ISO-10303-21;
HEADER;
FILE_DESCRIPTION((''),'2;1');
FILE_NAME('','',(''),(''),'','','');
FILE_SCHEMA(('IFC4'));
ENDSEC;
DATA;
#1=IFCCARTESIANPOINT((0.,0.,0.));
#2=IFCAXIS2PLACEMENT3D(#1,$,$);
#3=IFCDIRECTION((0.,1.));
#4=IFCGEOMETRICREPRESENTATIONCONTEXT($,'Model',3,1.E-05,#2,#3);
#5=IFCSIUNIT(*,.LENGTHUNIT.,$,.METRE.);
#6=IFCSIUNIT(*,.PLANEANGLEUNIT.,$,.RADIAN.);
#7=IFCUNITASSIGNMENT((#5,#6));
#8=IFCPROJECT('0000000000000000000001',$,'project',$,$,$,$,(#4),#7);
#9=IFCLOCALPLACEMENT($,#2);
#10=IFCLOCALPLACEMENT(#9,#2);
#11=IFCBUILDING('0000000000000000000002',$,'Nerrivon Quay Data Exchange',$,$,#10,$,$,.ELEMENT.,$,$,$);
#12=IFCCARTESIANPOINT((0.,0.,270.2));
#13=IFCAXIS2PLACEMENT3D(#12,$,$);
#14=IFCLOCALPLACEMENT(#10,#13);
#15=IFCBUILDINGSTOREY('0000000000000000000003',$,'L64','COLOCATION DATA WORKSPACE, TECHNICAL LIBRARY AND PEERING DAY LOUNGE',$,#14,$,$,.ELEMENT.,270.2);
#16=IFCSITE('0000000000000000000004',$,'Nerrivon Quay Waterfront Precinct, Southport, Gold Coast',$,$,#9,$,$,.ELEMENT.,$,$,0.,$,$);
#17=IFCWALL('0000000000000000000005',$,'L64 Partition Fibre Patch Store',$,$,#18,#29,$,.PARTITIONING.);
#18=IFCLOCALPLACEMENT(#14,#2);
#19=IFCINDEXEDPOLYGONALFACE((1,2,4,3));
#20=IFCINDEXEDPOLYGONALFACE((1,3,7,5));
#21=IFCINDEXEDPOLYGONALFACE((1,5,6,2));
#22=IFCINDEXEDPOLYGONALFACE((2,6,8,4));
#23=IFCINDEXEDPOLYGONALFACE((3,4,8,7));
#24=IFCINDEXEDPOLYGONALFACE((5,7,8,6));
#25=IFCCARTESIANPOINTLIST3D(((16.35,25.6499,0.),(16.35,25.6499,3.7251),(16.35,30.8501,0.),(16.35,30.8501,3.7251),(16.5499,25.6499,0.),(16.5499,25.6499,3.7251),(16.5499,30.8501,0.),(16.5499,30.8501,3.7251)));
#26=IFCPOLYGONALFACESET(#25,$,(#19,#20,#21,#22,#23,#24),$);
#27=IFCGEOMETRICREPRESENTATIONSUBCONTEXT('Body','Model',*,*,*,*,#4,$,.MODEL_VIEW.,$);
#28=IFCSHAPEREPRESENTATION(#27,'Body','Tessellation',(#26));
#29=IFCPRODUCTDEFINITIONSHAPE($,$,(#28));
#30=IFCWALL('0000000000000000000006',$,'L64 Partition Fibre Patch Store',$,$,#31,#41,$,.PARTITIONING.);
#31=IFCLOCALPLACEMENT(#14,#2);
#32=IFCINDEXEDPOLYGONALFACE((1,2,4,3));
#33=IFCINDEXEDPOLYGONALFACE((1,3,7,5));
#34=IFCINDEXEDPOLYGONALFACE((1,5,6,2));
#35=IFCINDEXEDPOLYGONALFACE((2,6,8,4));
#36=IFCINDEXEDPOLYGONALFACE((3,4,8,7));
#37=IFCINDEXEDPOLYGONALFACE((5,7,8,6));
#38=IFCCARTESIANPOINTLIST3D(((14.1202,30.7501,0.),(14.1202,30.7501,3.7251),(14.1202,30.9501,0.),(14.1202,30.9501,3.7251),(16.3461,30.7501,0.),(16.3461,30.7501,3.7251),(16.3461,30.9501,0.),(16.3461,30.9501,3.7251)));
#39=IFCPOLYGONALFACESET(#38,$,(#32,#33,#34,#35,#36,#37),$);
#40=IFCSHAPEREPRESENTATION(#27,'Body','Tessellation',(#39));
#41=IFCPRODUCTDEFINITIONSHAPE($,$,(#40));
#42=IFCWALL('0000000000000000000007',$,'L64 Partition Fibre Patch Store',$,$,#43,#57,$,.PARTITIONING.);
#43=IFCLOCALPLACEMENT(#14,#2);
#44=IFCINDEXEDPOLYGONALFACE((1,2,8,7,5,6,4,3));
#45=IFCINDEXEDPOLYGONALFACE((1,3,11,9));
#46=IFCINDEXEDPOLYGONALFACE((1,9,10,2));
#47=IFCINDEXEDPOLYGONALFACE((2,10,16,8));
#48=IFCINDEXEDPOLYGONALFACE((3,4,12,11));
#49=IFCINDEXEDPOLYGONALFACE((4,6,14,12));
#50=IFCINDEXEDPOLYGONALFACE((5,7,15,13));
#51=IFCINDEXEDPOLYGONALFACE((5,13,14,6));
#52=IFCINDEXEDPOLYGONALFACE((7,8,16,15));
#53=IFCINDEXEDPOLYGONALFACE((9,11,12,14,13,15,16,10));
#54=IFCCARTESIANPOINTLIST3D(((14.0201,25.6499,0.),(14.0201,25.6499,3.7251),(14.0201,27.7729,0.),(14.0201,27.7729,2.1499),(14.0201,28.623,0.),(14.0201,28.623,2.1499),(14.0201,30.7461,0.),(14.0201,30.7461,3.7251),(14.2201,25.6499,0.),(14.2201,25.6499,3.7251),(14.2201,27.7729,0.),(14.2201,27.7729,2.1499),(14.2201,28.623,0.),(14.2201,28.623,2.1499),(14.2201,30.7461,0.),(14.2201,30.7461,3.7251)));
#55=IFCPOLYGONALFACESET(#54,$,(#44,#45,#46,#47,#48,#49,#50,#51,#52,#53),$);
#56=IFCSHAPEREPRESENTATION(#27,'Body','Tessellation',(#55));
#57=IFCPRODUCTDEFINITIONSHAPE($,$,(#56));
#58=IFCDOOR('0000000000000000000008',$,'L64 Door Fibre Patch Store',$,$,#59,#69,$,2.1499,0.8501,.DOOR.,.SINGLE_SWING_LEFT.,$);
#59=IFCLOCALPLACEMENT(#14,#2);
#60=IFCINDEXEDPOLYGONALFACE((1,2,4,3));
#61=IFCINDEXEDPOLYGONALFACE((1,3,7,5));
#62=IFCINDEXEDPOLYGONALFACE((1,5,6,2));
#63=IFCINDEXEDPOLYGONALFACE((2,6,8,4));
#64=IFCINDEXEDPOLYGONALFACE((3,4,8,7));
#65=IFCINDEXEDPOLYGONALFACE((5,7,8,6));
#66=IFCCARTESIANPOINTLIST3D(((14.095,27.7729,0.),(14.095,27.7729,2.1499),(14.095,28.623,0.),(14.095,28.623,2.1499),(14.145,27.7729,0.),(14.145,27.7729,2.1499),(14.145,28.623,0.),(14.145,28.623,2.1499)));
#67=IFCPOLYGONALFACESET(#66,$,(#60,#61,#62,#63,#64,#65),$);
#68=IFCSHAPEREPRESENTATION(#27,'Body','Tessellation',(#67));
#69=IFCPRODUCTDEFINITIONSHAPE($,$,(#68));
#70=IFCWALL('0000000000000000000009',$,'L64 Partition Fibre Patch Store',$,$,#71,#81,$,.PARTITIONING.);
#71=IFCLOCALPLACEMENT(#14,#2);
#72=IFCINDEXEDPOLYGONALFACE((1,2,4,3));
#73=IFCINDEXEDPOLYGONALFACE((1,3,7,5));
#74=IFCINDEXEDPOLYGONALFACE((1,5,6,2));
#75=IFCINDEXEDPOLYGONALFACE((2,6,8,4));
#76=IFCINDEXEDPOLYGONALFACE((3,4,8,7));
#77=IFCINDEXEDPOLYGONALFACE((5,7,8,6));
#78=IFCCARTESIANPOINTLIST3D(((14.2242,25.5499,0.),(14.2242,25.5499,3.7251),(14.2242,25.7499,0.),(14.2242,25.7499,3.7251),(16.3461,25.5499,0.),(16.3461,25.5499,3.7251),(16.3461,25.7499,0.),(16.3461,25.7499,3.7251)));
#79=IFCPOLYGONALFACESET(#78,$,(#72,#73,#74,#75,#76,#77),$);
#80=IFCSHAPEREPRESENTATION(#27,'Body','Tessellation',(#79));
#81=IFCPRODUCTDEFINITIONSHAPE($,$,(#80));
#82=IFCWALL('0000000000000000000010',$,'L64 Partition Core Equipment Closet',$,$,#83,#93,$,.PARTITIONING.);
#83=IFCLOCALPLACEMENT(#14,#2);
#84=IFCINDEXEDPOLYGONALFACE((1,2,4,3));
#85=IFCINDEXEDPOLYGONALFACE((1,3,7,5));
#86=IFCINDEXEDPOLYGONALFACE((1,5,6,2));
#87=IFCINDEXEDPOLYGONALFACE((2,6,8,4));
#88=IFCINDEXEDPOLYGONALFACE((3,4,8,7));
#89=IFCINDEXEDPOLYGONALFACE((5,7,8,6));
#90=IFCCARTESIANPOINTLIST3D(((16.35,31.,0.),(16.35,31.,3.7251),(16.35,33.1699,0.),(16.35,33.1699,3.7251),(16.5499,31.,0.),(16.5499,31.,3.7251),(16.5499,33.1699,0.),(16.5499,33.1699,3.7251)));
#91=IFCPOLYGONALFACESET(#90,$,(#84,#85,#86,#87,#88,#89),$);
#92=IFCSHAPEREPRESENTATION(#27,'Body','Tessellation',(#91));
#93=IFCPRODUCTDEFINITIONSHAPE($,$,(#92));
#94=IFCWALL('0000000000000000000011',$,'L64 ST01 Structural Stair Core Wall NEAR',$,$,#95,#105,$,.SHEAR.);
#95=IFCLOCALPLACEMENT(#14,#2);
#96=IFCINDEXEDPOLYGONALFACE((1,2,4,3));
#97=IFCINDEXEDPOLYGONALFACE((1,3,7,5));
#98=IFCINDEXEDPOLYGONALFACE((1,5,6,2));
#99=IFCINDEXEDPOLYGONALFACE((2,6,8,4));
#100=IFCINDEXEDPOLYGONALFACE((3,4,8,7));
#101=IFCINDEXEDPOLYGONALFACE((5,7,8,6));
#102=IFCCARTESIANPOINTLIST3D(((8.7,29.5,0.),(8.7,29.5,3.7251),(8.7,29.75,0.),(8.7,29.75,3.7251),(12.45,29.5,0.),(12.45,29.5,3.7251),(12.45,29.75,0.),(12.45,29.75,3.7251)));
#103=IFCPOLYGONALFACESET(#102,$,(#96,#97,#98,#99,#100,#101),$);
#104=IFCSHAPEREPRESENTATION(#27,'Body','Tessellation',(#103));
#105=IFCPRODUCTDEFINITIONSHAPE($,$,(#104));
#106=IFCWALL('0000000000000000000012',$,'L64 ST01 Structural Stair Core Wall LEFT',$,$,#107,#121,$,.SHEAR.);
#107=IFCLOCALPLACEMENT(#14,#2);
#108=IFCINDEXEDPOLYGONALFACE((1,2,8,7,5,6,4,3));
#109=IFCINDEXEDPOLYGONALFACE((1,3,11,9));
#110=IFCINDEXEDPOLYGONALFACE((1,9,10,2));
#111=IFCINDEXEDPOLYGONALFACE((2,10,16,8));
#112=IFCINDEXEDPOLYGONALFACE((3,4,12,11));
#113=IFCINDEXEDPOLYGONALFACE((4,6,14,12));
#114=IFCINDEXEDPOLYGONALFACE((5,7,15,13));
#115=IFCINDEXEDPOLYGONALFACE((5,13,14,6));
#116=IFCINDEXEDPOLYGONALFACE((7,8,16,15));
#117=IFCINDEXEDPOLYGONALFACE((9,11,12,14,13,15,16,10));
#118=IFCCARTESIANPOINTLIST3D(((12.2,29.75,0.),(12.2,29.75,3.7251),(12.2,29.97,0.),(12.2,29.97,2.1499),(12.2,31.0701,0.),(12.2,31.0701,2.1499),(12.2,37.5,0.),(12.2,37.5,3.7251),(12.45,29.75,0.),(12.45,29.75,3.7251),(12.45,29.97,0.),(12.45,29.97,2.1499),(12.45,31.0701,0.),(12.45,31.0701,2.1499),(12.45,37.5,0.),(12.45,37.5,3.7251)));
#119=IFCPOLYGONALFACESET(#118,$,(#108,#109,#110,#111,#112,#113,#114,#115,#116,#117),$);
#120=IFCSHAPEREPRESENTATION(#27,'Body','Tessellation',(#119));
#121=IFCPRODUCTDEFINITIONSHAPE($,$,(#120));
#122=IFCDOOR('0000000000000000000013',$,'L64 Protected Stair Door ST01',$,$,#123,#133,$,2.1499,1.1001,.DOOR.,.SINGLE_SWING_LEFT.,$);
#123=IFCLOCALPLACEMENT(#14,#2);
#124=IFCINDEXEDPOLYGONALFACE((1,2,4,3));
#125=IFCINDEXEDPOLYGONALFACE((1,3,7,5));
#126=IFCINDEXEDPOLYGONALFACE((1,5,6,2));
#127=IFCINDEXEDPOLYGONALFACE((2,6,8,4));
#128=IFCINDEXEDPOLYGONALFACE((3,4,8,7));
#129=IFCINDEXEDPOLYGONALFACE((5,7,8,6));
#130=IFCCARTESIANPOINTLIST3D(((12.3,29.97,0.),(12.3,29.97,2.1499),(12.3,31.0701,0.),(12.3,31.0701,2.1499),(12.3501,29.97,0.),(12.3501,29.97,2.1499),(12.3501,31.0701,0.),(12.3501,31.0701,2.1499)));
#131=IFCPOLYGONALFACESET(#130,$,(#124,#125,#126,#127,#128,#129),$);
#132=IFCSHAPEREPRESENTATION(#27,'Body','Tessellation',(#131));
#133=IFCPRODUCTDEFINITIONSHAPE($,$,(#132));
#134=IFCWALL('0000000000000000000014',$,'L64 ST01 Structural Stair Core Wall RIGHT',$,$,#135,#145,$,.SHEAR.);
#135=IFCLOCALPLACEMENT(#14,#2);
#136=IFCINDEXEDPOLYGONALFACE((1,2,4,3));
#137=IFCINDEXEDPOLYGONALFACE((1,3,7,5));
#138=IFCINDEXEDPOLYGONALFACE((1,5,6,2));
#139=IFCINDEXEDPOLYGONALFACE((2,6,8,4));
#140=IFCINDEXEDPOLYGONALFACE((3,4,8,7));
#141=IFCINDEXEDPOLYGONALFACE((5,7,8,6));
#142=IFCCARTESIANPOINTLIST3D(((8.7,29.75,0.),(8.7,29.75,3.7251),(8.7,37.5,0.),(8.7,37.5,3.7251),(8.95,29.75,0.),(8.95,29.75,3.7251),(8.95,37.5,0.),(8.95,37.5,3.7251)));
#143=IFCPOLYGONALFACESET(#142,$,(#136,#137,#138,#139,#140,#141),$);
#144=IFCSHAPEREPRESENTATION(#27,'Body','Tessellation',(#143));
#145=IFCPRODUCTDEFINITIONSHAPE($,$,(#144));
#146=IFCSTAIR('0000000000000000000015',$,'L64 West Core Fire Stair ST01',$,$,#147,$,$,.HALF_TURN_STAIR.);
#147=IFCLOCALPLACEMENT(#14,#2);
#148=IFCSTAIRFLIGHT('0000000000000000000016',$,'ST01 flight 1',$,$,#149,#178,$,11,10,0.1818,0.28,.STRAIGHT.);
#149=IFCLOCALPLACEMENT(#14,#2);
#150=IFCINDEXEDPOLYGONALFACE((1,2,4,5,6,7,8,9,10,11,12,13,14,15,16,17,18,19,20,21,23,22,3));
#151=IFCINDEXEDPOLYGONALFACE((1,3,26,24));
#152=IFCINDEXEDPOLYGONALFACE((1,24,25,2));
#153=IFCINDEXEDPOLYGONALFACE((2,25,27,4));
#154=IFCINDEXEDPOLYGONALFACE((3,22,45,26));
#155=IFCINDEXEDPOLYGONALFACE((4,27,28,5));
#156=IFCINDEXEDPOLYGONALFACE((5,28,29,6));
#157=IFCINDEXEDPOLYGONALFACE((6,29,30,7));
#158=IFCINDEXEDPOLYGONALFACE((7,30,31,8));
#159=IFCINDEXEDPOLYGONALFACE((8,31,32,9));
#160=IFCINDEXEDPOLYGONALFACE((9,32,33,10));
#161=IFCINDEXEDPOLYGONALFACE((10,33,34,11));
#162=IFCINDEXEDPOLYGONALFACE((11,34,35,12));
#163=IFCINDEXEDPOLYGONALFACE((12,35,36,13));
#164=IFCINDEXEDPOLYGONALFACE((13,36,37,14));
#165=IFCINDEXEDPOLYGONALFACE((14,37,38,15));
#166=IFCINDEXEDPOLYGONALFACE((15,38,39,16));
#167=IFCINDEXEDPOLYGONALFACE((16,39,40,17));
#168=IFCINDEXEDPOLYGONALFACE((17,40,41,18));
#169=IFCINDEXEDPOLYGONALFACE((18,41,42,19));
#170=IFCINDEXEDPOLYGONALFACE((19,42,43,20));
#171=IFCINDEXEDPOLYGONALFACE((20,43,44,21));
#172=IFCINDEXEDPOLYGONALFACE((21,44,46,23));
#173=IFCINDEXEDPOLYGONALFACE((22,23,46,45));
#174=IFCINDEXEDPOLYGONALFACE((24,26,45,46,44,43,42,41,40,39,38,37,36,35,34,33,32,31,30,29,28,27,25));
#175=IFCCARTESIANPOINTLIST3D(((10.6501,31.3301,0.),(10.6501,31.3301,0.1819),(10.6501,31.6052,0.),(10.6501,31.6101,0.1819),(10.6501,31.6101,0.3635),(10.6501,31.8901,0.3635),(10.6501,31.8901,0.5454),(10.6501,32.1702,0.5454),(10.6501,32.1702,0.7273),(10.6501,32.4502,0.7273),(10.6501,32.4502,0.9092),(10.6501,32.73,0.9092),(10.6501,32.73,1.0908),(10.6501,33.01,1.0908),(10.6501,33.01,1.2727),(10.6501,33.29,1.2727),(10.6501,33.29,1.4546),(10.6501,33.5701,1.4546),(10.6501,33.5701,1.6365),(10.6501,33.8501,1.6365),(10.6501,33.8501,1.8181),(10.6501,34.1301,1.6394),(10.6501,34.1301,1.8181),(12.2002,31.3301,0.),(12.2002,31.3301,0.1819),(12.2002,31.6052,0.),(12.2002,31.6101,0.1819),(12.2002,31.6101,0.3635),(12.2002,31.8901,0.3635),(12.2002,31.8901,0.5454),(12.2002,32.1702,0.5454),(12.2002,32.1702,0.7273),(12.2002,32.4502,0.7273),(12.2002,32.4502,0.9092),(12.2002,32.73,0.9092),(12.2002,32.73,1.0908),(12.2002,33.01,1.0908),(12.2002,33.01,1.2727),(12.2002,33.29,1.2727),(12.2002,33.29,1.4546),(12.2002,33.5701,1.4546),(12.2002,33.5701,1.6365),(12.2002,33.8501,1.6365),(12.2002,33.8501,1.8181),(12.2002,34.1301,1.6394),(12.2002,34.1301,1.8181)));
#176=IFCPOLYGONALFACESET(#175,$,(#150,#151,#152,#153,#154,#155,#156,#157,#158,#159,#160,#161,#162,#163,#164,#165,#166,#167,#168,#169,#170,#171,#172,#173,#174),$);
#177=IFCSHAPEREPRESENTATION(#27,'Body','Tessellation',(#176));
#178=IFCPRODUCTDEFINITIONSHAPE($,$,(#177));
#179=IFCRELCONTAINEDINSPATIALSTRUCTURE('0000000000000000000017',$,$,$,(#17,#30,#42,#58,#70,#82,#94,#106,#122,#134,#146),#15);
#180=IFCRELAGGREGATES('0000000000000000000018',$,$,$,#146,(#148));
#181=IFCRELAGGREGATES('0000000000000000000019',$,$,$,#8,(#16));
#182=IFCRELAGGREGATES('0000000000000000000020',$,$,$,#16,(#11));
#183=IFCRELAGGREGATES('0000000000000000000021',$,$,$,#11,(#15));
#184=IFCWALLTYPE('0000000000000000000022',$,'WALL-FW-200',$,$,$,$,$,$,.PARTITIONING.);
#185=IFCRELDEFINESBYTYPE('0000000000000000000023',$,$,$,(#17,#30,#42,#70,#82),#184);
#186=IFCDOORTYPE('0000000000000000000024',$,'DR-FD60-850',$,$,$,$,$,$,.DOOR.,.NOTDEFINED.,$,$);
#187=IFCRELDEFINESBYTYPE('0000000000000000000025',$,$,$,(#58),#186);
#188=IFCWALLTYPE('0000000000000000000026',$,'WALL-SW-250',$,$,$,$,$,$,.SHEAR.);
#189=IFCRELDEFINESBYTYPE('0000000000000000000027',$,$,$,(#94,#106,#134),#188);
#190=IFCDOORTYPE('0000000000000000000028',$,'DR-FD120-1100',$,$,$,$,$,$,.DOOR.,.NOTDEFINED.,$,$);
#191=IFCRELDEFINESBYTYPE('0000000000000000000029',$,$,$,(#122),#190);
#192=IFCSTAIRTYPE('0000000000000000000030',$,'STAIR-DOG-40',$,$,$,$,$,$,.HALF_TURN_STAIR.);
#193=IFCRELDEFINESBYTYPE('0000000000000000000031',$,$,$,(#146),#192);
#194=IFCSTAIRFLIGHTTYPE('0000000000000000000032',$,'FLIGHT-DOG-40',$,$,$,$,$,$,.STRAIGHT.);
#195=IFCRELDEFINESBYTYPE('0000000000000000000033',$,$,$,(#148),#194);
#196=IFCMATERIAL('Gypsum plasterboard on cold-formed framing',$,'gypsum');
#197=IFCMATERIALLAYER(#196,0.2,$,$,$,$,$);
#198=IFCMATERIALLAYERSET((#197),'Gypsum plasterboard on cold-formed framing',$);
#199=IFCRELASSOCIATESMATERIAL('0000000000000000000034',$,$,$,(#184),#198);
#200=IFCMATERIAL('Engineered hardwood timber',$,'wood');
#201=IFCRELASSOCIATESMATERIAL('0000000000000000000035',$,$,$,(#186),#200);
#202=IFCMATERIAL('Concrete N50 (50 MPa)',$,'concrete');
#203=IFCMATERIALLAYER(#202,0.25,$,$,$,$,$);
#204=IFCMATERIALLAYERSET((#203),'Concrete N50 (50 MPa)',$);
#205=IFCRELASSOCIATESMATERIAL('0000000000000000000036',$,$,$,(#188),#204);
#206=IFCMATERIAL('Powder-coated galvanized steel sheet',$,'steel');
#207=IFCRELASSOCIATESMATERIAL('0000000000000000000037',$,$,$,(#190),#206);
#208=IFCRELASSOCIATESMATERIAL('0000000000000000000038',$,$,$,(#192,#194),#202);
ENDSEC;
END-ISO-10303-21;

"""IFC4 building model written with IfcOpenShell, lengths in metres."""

from ifc_helpers import new_model, si_unit, direction, frame, frame_2d, origin, place, context, subcontext, project, spatial, polyline, rectangle, outline, extrude, material, layer, layer_set, type_object, element, fill, aggregate, save


model = new_model("IFC4")

# Units and contexts
model_context = context("Model", 3, precision=1e-05, world=origin(), true_north=direction((0.0, 1.0)))
body_context = subcontext(model_context, "Body", "Model", "MODEL_VIEW")
ifc_project = project(units=[si_unit("LENGTHUNIT", "METRE"), si_unit("PLANEANGLEUNIT", "RADIAN")], contexts=[model_context])

# Site, building, storey
site_placement = place(None, origin())
site = spatial("IfcSite", under=ifc_project, at=site_placement, Name="Nerrivon Quay Waterfront Precinct, Southport, Gold Coast", CompositionType="ELEMENT", RefElevation=0.0)
building_placement = place(site_placement, origin())
building = spatial("IfcBuilding", under=site, at=building_placement, Name="Nerrivon Quay Data Exchange", CompositionType="ELEMENT")
storey_placement = place(building_placement, frame((0.0, 0.0, 270.2)))
storey = spatial("IfcBuildingStorey", under=building, at=storey_placement, Name="L64", Description="COLOCATION DATA WORKSPACE, TECHNICAL LIBRARY AND PEERING DAY LOUNGE", CompositionType="ELEMENT", Elevation=270.2)

# Shared definitions
ifc_material_1 = material(Name="Concrete N50 (50 MPa)", Category="concrete")

# Shared definitions
ifc_material_2 = material(Name="Gypsum plasterboard on cold-formed framing", Category="gypsum")
ifc_layer_1 = layer(ifc_material_2, 0.2)
ifc_layer_set_1 = layer_set([ifc_layer_1], Name="Gypsum plasterboard on cold-formed framing")
wall_type_1 = type_object("IfcWallType", Name="WALL-FW-200", PredefinedType="PARTITIONING", material=ifc_layer_set_1)
ifc_material_3 = material(Name="Powder-coated galvanized steel sheet", Category="steel")

# Walls
wall_1_placement = place(storey_placement, frame((16.45, 25.6499, 0.0), z_axis=(0.0, 0.0, 1.0), x_axis=(0.0, 1.0, 0.0)))
element("IfcWall", 1, at=wall_1_placement, inside=storey, type_object=wall_type_1, Name="L64 Partition Fibre Patch Store", PredefinedType="PARTITIONING", context=body_context, shape_type="SweptSolid", body=[
    extrude(rectangle(XDim=5.2002, YDim=0.2, at=frame_2d((2.6001, 0.0))), origin(), (0.0, 0.0, 1.0), 3.7251),
])
wall_2_placement = place(storey_placement, frame((16.3459, 30.8501, 0.0), z_axis=(0.0, 0.0, 1.0), x_axis=(-1.0, 0.0, 0.0)))
element("IfcWall", 2, at=wall_2_placement, inside=storey, type_object=wall_type_1, Name="L64 Partition Fibre Patch Store", PredefinedType="PARTITIONING", context=body_context, shape_type="SweptSolid", body=[
    extrude(rectangle(XDim=2.2258, YDim=0.2, at=frame_2d((1.1128, 0.0))), origin(), (0.0, 0.0, 1.0), 3.7251),
])

# Wall, opening, door
wall_3_placement = place(storey_placement, frame((14.1201, 30.7461, 0.0), z_axis=(0.0, 0.0, 1.0), x_axis=(0.0, -1.0, 0.0)))
wall_3 = element("IfcWall", 3, at=wall_3_placement, inside=storey, type_object=wall_type_1, Name="L64 Partition Fibre Patch Store", PredefinedType="PARTITIONING", context=body_context, shape_type="SweptSolid", body=[
    extrude(rectangle(XDim=5.0962, YDim=0.2, at=frame_2d((2.5481, 0.0))), origin(), (0.0, 0.0, 1.0), 3.7251),
])
opening_1_placement = place(wall_3_placement, frame((2.123, 0.0, 0.0)))
opening_1 = element("IfcOpeningElement", 4, at=opening_1_placement, cuts=wall_3, PredefinedType="OPENING", context=body_context, shape_type="SweptSolid", body=[
    extrude(rectangle(XDim=0.8501, YDim=2.1499, at=frame_2d((0.425, 1.075))), frame((0.0, 0.1099, 0.0), z_axis=(0.0, -1.0, 0.0), x_axis=(1.0, 0.0, 0.0)), (0.0, 0.0, 1.0), 0.22),
])
ifc_material_4 = material(Name="Engineered hardwood timber", Category="wood")
door_type_1 = type_object("IfcDoorType", Name="DR-FD60-850", OperationType="NOTDEFINED", PredefinedType="DOOR", material=ifc_material_4)
door_1_placement = place(opening_1_placement, origin())
door_1 = element("IfcDoor", 5, at=door_1_placement, inside=storey, type_object=door_type_1, Name="L64 Door Fibre Patch Store", OperationType="SINGLE_SWING_LEFT", OverallHeight=2.1499, OverallWidth=0.8501, PredefinedType="DOOR", context=body_context, shape_type="SweptSolid", body=[
    extrude(rectangle(XDim=0.8501, YDim=2.1499, at=frame_2d((0.425, 1.075))), frame((0.0, 0.0249, 0.0), z_axis=(0.0, -1.0, 0.0), x_axis=(1.0, 0.0, 0.0)), (0.0, 0.0, 1.0), 0.05),
])
fill(opening_1, door_1)

# Wall
wall_4_placement = place(storey_placement, frame((14.2241, 25.6499, 0.0), z_axis=(0.0, 0.0, 1.0), x_axis=(1.0, 0.0, 0.0)))
element("IfcWall", 6, at=wall_4_placement, inside=storey, type_object=wall_type_1, Name="L64 Partition Fibre Patch Store", PredefinedType="PARTITIONING", context=body_context, shape_type="SweptSolid", body=[
    extrude(rectangle(XDim=2.1218, YDim=0.2, at=frame_2d((1.061, 0.0))), origin(), (0.0, 0.0, 1.0), 3.7251),
])

# Walls
wall_5_placement = place(storey_placement, frame((16.45, 31.0, 0.0), z_axis=(0.0, 0.0, 1.0), x_axis=(0.0, 1.0, 0.0)))
element("IfcWall", 7, at=wall_5_placement, inside=storey, type_object=wall_type_1, Name="L64 Partition Core Equipment Closet", PredefinedType="PARTITIONING", context=body_context, shape_type="SweptSolid", body=[
    extrude(rectangle(XDim=2.1699, YDim=0.2, at=frame_2d((1.085, 0.0))), origin(), (0.0, 0.0, 1.0), 3.7251),
])
ifc_layer_2 = layer(ifc_material_1, 0.25)
ifc_layer_set_2 = layer_set([ifc_layer_2], Name="Concrete N50 (50 MPa)")
wall_type_2 = type_object("IfcWallType", Name="WALL-SW-250", PredefinedType="SHEAR", material=ifc_layer_set_2)
wall_6_placement = place(storey_placement, frame((12.45, 29.625, 0.0), z_axis=(0.0, 0.0, 1.0), x_axis=(-1.0, 0.0, 0.0)))
element("IfcWall", 8, at=wall_6_placement, inside=storey, type_object=wall_type_2, Name="L64 ST01 Structural Stair Core Wall NEAR", PredefinedType="SHEAR", context=body_context, shape_type="SweptSolid", body=[
    extrude(rectangle(XDim=3.75, YDim=0.25, at=frame_2d((1.875, 0.0))), origin(), (0.0, 0.0, 1.0), 3.7251),
])

# Wall, opening, door
wall_7_placement = place(storey_placement, frame((12.325, 29.75, 0.0), z_axis=(0.0, 0.0, 1.0), x_axis=(0.0, 1.0, 0.0)))
wall_7 = element("IfcWall", 9, at=wall_7_placement, inside=storey, type_object=wall_type_2, Name="L64 ST01 Structural Stair Core Wall LEFT", PredefinedType="SHEAR", context=body_context, shape_type="SweptSolid", body=[
    extrude(rectangle(XDim=7.75, YDim=0.25, at=frame_2d((3.875, 0.0))), origin(), (0.0, 0.0, 1.0), 3.7251),
])
opening_2_placement = place(wall_7_placement, frame((0.22, 0.0, 0.0)))
opening_2 = element("IfcOpeningElement", 10, at=opening_2_placement, cuts=wall_7, PredefinedType="OPENING", context=body_context, shape_type="SweptSolid", body=[
    extrude(rectangle(XDim=1.1001, YDim=2.1499, at=frame_2d((0.55, 1.075))), frame((0.0, 0.135, 0.0), z_axis=(0.0, -1.0, 0.0), x_axis=(1.0, 0.0, 0.0)), (0.0, 0.0, 1.0), 0.27),
])
door_type_2 = type_object("IfcDoorType", Name="DR-FD120-1100", OperationType="NOTDEFINED", PredefinedType="DOOR", material=ifc_material_3)
door_2_placement = place(opening_2_placement, origin())
door_2 = element("IfcDoor", 11, at=door_2_placement, inside=storey, type_object=door_type_2, Name="L64 Protected Stair Door ST01", OperationType="SINGLE_SWING_LEFT", OverallHeight=2.1499, OverallWidth=1.1001, PredefinedType="DOOR", context=body_context, shape_type="SweptSolid", body=[
    extrude(rectangle(XDim=1.1001, YDim=2.1499, at=frame_2d((0.55, 1.075))), frame((0.0, 0.0249, 0.0), z_axis=(0.0, -1.0, 0.0), x_axis=(1.0, 0.0, 0.0)), (0.0, 0.0, 1.0), 0.05),
])
fill(opening_2, door_2)

# Wall
wall_8_placement = place(storey_placement, frame((8.825, 29.75, 0.0), z_axis=(0.0, 0.0, 1.0), x_axis=(0.0, 1.0, 0.0)))
element("IfcWall", 12, at=wall_8_placement, inside=storey, type_object=wall_type_2, Name="L64 ST01 Structural Stair Core Wall RIGHT", PredefinedType="SHEAR", context=body_context, shape_type="SweptSolid", body=[
    extrude(rectangle(XDim=7.75, YDim=0.25, at=frame_2d((3.875, 0.0))), origin(), (0.0, 0.0, 1.0), 3.7251),
])

# Stair, stair flight
stair_type = type_object("IfcStairType", Name="STAIR-DOG-40", PredefinedType="HALF_TURN_STAIR", material=ifc_material_1)
stair_placement = place(storey_placement, origin())
stair = element("IfcStair", 13, at=stair_placement, inside=storey, type_object=stair_type, Name="L64 West Core Fire Stair ST01", PredefinedType="HALF_TURN_STAIR")
stair_flight_type = type_object("IfcStairFlightType", Name="FLIGHT-DOG-40", PredefinedType="STRAIGHT", material=ifc_material_1)
stair_flight_placement = place(storey_placement, frame((11.425, 31.3301, 0.0), z_axis=(0.0, 0.0, 1.0), x_axis=(0.0, 1.0, 0.0)))
stair_flight = element("IfcStairFlight", 14, at=stair_flight_placement, type_object=stair_flight_type, Name="ST01 flight 1", NumberOfRisers=11, NumberOfTreads=10, PredefinedType="STRAIGHT", RiserHeight=0.1818, TreadLength=0.28, context=body_context, shape_type="SweptSolid", body=[
    extrude(outline(polyline([(0.0, 0.0), (0.0, 0.1819), (0.28, 0.1819), (0.28, 0.3635), (0.5601, 0.3635), (0.5601, 0.5454), (0.8401, 0.5454), (0.8401, 0.7273), (1.1201, 0.7273), (1.1201, 0.9092), (1.3999, 0.9092), (1.3999, 1.0908), (1.6799, 1.0908), (1.6799, 1.2727), (1.96, 1.2727), (1.96, 1.4546), (2.24, 1.4546), (2.24, 1.6365), (2.52, 1.6365), (2.52, 1.8181), (2.8, 1.8181), (2.8, 2.0), (2.8, 1.6394), (0.2751, 0.0), (0.0, 0.0)])), frame((0.0, 0.7749, 0.0), z_axis=(0.0, -1.0, 0.0), x_axis=(1.0, 0.0, 0.0)), (0.0, 0.0, 1.0), 1.55),
])
aggregate(stair, [stair_flight])

save(model, "model.ifc")
